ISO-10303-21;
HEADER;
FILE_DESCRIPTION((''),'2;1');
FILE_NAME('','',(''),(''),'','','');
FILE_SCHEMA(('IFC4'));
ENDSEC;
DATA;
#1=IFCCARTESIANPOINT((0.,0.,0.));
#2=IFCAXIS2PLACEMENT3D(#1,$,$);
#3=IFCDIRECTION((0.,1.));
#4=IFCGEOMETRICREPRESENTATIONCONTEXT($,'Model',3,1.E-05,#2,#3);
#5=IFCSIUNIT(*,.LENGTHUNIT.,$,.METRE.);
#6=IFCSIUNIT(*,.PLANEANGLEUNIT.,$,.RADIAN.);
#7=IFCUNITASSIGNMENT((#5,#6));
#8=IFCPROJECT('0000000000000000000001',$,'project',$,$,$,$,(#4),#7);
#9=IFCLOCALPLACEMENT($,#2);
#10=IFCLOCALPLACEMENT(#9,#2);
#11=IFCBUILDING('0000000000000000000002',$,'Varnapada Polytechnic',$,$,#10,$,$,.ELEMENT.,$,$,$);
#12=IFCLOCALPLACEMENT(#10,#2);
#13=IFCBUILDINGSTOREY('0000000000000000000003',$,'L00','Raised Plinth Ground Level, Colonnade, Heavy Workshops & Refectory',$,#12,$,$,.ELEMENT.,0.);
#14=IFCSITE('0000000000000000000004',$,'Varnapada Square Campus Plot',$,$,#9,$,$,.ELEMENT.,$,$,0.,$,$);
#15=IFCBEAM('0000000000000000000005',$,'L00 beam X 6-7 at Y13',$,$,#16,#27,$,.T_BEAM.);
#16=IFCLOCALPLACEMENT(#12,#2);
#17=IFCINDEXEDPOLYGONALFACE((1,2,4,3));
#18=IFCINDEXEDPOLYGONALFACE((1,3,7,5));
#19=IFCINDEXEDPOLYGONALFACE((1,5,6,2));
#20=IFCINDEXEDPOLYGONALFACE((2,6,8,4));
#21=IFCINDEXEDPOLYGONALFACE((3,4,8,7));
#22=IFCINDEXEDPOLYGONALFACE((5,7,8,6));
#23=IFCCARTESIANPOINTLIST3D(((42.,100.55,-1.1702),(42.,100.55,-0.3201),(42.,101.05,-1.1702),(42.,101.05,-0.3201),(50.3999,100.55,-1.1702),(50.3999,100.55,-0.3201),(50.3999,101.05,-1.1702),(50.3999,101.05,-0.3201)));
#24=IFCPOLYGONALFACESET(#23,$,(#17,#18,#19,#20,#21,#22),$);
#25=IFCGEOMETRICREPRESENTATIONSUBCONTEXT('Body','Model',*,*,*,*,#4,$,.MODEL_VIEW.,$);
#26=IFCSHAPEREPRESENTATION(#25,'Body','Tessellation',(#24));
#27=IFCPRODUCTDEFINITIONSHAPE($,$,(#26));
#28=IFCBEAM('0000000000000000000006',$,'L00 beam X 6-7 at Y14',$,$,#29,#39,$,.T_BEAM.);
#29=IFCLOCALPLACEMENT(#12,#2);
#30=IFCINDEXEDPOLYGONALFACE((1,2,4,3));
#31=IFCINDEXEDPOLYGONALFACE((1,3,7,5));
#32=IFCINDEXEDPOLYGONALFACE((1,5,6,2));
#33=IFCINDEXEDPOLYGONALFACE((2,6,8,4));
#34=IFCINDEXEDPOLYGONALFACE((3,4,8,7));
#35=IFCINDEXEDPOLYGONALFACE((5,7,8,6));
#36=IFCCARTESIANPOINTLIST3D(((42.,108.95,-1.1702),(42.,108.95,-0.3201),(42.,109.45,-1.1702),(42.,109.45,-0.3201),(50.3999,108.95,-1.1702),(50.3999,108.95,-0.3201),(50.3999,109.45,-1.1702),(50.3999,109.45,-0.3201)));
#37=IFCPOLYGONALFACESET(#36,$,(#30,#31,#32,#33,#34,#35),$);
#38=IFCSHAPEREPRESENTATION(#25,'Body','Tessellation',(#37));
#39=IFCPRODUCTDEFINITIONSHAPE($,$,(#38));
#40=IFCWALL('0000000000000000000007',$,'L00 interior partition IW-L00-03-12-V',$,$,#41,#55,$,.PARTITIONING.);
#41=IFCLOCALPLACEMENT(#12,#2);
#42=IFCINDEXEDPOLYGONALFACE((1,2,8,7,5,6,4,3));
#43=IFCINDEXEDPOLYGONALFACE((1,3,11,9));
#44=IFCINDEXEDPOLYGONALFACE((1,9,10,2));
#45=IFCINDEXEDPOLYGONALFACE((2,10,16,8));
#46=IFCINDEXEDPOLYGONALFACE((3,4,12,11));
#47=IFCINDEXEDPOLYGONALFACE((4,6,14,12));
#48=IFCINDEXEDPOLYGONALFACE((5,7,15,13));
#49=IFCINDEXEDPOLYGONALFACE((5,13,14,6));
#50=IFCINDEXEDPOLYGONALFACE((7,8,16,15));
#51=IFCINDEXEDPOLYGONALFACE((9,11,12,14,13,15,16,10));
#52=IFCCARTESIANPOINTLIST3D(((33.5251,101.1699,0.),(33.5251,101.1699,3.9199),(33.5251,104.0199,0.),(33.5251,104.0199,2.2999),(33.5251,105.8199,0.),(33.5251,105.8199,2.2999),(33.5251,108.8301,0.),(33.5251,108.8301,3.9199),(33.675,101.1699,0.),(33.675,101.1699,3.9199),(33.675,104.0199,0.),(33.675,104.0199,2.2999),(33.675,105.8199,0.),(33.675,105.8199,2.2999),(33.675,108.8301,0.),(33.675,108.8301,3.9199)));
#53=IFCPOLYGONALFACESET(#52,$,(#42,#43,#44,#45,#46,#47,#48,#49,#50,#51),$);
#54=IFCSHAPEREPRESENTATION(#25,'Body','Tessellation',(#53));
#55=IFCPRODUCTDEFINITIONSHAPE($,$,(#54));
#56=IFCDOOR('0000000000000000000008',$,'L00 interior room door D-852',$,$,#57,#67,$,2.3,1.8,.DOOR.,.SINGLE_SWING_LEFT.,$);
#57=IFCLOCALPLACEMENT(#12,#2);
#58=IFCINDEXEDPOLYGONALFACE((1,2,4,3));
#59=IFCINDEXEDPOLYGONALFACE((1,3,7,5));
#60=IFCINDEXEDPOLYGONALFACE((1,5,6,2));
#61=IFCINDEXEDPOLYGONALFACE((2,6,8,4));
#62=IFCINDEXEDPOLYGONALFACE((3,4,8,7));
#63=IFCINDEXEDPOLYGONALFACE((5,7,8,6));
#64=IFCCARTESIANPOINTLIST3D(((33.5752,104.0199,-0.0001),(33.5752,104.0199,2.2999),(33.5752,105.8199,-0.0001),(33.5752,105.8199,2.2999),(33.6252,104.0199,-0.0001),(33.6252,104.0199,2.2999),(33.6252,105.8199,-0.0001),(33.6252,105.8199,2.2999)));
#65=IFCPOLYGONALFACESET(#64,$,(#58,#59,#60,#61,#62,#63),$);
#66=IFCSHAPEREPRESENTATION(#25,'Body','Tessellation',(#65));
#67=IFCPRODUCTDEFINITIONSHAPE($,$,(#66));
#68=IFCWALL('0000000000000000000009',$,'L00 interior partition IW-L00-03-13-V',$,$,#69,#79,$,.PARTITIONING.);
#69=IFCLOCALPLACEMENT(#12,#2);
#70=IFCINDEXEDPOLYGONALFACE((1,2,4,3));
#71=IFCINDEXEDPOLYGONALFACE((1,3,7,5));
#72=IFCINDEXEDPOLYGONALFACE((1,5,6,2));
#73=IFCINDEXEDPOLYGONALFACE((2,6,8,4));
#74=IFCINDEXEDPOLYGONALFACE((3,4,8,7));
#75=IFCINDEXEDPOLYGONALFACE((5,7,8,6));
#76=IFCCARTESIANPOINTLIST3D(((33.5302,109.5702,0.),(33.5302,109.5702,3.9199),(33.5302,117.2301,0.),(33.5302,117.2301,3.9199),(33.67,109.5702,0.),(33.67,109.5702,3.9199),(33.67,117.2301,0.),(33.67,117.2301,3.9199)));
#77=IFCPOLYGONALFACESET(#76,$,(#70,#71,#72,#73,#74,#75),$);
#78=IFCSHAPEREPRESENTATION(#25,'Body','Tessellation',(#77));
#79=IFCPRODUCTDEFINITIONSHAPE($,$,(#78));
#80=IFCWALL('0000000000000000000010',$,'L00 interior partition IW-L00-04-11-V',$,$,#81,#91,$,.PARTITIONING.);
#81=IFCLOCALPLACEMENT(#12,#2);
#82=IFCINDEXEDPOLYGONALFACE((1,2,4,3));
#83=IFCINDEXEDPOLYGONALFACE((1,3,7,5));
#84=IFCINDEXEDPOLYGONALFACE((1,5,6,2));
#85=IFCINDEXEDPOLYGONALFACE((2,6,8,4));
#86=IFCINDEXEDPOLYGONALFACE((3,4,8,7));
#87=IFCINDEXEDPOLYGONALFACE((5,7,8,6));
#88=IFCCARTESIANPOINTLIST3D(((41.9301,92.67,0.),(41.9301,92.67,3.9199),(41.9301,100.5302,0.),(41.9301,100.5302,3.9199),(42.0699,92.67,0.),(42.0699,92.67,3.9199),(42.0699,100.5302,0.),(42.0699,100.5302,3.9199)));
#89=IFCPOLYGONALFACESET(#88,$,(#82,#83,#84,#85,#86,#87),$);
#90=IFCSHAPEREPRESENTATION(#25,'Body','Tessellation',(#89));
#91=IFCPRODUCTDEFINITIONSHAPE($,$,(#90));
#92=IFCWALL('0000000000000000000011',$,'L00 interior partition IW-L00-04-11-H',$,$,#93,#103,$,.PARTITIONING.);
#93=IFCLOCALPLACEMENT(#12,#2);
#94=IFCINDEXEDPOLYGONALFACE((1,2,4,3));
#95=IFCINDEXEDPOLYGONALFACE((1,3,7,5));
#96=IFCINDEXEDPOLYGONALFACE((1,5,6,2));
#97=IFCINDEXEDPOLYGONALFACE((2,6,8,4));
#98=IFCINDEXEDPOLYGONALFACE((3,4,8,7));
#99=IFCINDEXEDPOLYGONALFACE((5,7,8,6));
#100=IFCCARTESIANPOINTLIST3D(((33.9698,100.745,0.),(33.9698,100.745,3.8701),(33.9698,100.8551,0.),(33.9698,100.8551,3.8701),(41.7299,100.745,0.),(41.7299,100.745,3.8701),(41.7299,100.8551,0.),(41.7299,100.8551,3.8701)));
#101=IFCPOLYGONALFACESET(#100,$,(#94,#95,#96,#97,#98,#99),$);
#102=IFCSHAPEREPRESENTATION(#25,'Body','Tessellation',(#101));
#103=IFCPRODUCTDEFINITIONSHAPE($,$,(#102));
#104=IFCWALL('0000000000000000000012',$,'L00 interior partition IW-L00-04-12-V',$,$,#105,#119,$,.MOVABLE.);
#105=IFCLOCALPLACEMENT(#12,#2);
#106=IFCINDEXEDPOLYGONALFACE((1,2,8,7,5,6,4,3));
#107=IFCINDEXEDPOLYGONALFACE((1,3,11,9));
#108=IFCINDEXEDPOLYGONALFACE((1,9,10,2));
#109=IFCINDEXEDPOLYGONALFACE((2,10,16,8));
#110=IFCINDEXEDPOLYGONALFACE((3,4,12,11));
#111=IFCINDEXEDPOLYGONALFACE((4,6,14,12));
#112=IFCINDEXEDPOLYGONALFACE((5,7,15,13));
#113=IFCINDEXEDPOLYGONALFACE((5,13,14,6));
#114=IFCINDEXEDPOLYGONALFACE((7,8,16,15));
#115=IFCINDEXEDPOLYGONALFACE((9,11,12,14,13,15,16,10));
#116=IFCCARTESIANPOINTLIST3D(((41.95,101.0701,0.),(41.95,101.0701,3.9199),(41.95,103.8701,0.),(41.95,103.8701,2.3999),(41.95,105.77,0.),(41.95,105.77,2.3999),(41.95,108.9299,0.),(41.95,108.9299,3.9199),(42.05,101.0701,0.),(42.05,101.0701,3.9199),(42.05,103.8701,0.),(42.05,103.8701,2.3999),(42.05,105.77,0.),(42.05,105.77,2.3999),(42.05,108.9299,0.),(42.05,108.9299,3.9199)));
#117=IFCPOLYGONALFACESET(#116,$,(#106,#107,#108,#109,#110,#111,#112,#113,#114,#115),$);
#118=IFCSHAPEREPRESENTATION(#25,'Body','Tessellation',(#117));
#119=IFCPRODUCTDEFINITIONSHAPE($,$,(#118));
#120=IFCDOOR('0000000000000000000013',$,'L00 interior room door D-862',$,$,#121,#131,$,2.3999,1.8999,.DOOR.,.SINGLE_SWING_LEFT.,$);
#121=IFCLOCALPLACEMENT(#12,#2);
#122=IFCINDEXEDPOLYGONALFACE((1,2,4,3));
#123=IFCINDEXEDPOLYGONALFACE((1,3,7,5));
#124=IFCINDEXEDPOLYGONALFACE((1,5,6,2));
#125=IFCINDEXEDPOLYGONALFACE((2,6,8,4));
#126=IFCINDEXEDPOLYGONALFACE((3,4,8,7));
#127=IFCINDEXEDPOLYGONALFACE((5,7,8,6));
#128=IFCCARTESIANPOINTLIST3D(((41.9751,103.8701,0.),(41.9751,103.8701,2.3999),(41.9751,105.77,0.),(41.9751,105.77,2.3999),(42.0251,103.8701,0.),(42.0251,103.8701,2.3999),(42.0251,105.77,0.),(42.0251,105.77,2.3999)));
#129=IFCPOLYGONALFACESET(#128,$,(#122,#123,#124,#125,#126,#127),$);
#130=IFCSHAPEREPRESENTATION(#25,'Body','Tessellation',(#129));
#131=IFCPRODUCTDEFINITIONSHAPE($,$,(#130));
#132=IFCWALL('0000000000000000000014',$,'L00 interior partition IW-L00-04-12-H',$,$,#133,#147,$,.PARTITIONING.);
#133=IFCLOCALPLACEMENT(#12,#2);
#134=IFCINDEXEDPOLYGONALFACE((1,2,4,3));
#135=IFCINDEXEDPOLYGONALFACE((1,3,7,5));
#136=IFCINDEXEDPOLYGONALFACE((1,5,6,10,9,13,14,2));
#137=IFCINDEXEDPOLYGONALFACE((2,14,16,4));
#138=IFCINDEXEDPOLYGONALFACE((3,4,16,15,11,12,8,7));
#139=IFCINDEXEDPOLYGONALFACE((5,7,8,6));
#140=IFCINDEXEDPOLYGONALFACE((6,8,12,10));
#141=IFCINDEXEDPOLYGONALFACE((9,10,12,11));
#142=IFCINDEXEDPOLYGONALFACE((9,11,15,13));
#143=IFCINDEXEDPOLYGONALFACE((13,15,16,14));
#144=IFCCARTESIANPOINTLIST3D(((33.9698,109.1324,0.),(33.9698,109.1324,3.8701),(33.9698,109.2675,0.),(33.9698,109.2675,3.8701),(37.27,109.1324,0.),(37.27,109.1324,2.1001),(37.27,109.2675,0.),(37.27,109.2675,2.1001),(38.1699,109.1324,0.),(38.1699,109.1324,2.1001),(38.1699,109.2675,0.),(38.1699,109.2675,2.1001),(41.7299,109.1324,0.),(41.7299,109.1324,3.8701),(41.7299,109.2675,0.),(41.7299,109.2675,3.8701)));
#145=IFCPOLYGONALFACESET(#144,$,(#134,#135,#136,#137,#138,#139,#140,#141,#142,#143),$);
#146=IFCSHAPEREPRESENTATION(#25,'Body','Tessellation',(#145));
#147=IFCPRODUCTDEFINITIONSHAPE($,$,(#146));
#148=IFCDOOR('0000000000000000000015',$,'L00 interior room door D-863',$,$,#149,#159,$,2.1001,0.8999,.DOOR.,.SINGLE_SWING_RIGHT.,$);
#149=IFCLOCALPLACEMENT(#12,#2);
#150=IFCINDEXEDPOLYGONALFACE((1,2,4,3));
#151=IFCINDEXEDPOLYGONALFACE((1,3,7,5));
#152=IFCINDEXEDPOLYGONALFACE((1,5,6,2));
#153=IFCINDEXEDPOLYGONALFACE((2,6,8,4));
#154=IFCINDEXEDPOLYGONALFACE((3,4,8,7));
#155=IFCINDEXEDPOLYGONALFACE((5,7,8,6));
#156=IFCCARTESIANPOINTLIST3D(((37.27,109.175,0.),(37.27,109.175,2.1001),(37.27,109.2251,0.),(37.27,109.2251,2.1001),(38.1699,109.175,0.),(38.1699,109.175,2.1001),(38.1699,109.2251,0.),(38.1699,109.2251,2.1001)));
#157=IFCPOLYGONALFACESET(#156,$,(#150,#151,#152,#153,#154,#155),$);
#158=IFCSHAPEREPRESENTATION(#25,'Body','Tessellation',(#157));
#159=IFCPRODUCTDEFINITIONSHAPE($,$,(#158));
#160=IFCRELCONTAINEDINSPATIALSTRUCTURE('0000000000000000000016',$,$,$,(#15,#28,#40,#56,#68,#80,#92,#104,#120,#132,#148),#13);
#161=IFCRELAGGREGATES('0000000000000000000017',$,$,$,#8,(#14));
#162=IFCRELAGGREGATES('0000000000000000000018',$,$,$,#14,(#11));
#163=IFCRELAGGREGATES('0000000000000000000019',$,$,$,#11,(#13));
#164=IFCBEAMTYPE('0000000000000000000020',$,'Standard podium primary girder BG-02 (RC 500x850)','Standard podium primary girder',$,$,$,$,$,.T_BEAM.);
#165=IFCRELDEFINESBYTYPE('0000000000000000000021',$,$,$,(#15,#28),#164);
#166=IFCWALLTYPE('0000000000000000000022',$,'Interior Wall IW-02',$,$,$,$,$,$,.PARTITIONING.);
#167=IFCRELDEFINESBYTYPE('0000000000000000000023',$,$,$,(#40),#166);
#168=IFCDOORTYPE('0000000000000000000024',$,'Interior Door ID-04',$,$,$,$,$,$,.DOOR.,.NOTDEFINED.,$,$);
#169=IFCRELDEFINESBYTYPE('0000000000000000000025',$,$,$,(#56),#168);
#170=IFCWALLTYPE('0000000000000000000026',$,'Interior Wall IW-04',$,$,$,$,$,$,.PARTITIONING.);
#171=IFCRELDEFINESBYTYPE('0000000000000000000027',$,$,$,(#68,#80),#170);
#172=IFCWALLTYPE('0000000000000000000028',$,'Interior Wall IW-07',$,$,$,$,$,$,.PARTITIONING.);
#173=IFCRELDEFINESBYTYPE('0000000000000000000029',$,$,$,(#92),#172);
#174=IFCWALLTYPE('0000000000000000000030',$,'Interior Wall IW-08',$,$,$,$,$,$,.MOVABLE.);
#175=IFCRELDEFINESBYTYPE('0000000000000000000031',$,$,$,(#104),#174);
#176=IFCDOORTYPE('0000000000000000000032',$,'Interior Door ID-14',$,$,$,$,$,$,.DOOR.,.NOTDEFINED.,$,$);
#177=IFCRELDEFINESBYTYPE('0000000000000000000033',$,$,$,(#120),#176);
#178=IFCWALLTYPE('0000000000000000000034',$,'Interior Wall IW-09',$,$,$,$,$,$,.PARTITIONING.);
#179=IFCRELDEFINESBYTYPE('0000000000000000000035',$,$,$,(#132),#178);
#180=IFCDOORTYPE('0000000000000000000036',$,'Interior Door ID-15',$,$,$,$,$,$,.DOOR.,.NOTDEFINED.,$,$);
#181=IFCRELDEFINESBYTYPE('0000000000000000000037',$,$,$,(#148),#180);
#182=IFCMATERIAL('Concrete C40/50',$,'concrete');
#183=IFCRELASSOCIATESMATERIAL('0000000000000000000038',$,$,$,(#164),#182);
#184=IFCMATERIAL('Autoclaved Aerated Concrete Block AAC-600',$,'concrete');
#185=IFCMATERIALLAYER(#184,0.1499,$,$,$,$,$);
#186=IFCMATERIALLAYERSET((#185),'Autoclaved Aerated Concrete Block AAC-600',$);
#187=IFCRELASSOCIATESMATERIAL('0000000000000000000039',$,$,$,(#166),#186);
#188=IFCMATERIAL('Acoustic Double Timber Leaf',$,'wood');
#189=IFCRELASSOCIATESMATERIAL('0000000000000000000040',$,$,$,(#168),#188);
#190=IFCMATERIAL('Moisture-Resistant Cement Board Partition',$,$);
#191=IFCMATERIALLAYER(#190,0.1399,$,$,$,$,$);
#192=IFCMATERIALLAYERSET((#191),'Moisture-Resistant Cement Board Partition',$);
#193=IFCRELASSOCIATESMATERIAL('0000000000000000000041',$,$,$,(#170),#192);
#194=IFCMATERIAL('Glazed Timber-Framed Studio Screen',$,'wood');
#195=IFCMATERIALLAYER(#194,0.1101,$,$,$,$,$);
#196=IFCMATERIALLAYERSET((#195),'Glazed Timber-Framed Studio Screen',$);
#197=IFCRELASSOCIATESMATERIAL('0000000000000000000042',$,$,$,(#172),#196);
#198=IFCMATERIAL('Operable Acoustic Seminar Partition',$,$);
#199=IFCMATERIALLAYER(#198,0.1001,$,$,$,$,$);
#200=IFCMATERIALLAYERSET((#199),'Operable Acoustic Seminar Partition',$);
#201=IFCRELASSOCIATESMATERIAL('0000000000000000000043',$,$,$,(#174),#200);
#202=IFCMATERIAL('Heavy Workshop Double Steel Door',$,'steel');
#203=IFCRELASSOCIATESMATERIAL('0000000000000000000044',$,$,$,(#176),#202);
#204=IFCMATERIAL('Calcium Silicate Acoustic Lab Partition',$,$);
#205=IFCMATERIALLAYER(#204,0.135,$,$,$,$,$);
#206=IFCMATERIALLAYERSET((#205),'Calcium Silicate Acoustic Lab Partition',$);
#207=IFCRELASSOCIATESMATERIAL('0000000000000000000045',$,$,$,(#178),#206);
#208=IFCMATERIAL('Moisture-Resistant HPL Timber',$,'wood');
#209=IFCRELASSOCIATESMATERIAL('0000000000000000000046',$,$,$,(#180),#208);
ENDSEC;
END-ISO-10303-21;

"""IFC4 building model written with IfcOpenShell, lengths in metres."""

from ifc_helpers import new_model, si_unit, direction, frame, frame_2d, origin, origin_2d, place, context, subcontext, project, spatial, rectangle, extrude, material, layer, layer_set, material_profile, profile_set, type_object, element, fill, save


model = new_model("IFC4")

# Units and contexts
model_context = context("Model", 3, precision=1e-05, world=origin(), true_north=direction((0.0, 1.0)))
body_context = subcontext(model_context, "Body", "Model", "MODEL_VIEW")
ifc_project = project(units=[si_unit("LENGTHUNIT", "METRE"), si_unit("PLANEANGLEUNIT", "RADIAN")], contexts=[model_context])

# Site, building, storey
site_placement = place(None, origin())
site = spatial("IfcSite", under=ifc_project, at=site_placement, Name="Varnapada Square Campus Plot", CompositionType="ELEMENT", RefElevation=0.0)
building_placement = place(site_placement, origin())
building = spatial("IfcBuilding", under=site, at=building_placement, Name="Varnapada Polytechnic", CompositionType="ELEMENT")
storey_placement = place(building_placement, origin())
storey = spatial("IfcBuildingStorey", under=building, at=storey_placement, Name="L00", Description="Raised Plinth Ground Level, Colonnade, Heavy Workshops & Refectory", CompositionType="ELEMENT", Elevation=0.0)

# Shared definitions
ifc_material_1 = material(Name="Concrete C40/50", Category="concrete")

# Beams
ifc_material_profile_1 = material_profile(ifc_material_1, rectangle(XDim=0.5, YDim=0.8501, at=origin_2d()), Name="RC 500x850")
ifc_profile_set_1 = profile_set([ifc_material_profile_1], Name="Concrete C40/50")
beam_type_1 = type_object("IfcBeamType", Name="Standard podium primary girder BG-02 (RC 500x850)", Description="Standard podium primary girder", PredefinedType="T_BEAM", material=ifc_profile_set_1)
for number, where, z_axis, x_axis, name in (
    (1, (42.0, 100.8, -0.7451), (1.0, 0.0, 0.0), (0.0, 1.0, 0.0), "L00 beam X 6-7 at Y13"),
    (2, (42.0, 109.2, -0.7451), (1.0, 0.0, 0.0), (0.0, 1.0, 0.0), "L00 beam X 6-7 at Y14"),
):
    element("IfcBeam", number, at=place(storey_placement, frame(where, z_axis=z_axis, x_axis=x_axis)), inside=storey, type_object=beam_type_1, Name=name, PredefinedType="T_BEAM", context=body_context, shape_type="SweptSolid", body=[
        extrude(rectangle(XDim=0.5, YDim=0.8501, at=origin_2d()), origin(), (0.0, 0.0, 1.0), 8.3999),
    ])

# Wall, opening, door
ifc_material_2 = material(Name="Autoclaved Aerated Concrete Block AAC-600", Category="concrete")
ifc_layer_1 = layer(ifc_material_2, 0.1499)
ifc_layer_set_1 = layer_set([ifc_layer_1], Name="Autoclaved Aerated Concrete Block AAC-600")
wall_type_1 = type_object("IfcWallType", Name="Interior Wall IW-02", PredefinedType="PARTITIONING", material=ifc_layer_set_1)
wall_1_placement = place(storey_placement, frame((33.6001, 101.1699, 0.0), z_axis=(0.0, 0.0, 1.0), x_axis=(0.0, 1.0, 0.0)))
wall_1 = element("IfcWall", 3, at=wall_1_placement, inside=storey, type_object=wall_type_1, Name="L00 interior partition IW-L00-03-12-V", PredefinedType="PARTITIONING", context=body_context, shape_type="SweptSolid", body=[
    extrude(rectangle(XDim=7.6602, YDim=0.1499, at=frame_2d((3.8301, 0.0))), origin(), (0.0, 0.0, 1.0), 3.9199),
])
opening_1_placement = place(wall_1_placement, frame((2.8501, 0.0, 0.0)))
opening_1 = element("IfcOpeningElement", 4, at=opening_1_placement, cuts=wall_1, PredefinedType="OPENING", context=body_context, shape_type="SweptSolid", body=[
    extrude(rectangle(XDim=1.8, YDim=2.3, at=frame_2d((0.8999, 1.1499))), frame((0.0, 0.085, 0.0), z_axis=(0.0, -1.0, 0.0), x_axis=(1.0, 0.0, 0.0)), (0.0, 0.0, 1.0), 0.1699),
])
ifc_material_3 = material(Name="Acoustic Double Timber Leaf", Category="wood")
door_type_1 = type_object("IfcDoorType", Name="Interior Door ID-04", OperationType="NOTDEFINED", PredefinedType="DOOR", material=ifc_material_3)
door_1_placement = place(opening_1_placement, origin())
door_1 = element("IfcDoor", 5, at=door_1_placement, inside=storey, type_object=door_type_1, Name="L00 interior room door D-852", OperationType="SINGLE_SWING_LEFT", OverallHeight=2.3, OverallWidth=1.8, PredefinedType="DOOR", context=body_context, shape_type="SweptSolid", body=[
    extrude(rectangle(XDim=1.8, YDim=2.3, at=frame_2d((0.8999, 1.1499))), frame((0.0, 0.0249, 0.0), z_axis=(0.0, -1.0, 0.0), x_axis=(1.0, 0.0, 0.0)), (0.0, 0.0, 1.0), 0.05),
])
fill(opening_1, door_1)

# Walls
ifc_material_4 = material(Name="Moisture-Resistant Cement Board Partition")
ifc_layer_2 = layer(ifc_material_4, 0.1399)
ifc_layer_set_2 = layer_set([ifc_layer_2], Name="Moisture-Resistant Cement Board Partition")
wall_type_2 = type_object("IfcWallType", Name="Interior Wall IW-04", PredefinedType="PARTITIONING", material=ifc_layer_set_2)
wall_2_placement = place(storey_placement, frame((33.6001, 109.5701, 0.0), z_axis=(0.0, 0.0, 1.0), x_axis=(0.0, 1.0, 0.0)))
element("IfcWall", 6, at=wall_2_placement, inside=storey, type_object=wall_type_2, Name="L00 interior partition IW-L00-03-13-V", PredefinedType="PARTITIONING", context=body_context, shape_type="SweptSolid", body=[
    extrude(rectangle(XDim=7.6599, YDim=0.1399, at=frame_2d((3.8301, 0.0))), origin(), (0.0, 0.0, 1.0), 3.9199),
])
wall_3_placement = place(storey_placement, frame((42.0, 92.6699, 0.0), z_axis=(0.0, 0.0, 1.0), x_axis=(0.0, 1.0, 0.0)))
element("IfcWall", 7, at=wall_3_placement, inside=storey, type_object=wall_type_2, Name="L00 interior partition IW-L00-04-11-V", PredefinedType="PARTITIONING", context=body_context, shape_type="SweptSolid", body=[
    extrude(rectangle(XDim=7.8601, YDim=0.1399, at=frame_2d((3.9302, 0.0))), origin(), (0.0, 0.0, 1.0), 3.9199),
])
ifc_material_5 = material(Name="Glazed Timber-Framed Studio Screen", Category="wood")
ifc_layer_3 = layer(ifc_material_5, 0.1101)
ifc_layer_set_3 = layer_set([ifc_layer_3], Name="Glazed Timber-Framed Studio Screen")
wall_type_3 = type_object("IfcWallType", Name="Interior Wall IW-07", PredefinedType="PARTITIONING", material=ifc_layer_set_3)
wall_4_placement = place(storey_placement, frame((33.97, 100.8, 0.0), z_axis=(0.0, 0.0, 1.0), x_axis=(1.0, 0.0, 0.0)))
element("IfcWall", 8, at=wall_4_placement, inside=storey, type_object=wall_type_3, Name="L00 interior partition IW-L00-04-11-H", PredefinedType="PARTITIONING", context=body_context, shape_type="SweptSolid", body=[
    extrude(rectangle(XDim=7.76, YDim=0.1101, at=frame_2d((3.8799, 0.0))), origin(), (0.0, 0.0, 1.0), 3.8701),
])

# Walls, openings, doors
ifc_material_6 = material(Name="Operable Acoustic Seminar Partition")
ifc_layer_4 = layer(ifc_material_6, 0.1001)
ifc_layer_set_4 = layer_set([ifc_layer_4], Name="Operable Acoustic Seminar Partition")
wall_type_4 = type_object("IfcWallType", Name="Interior Wall IW-08", PredefinedType="MOVABLE", material=ifc_layer_set_4)
wall_5_placement = place(storey_placement, frame((42.0, 101.0701, 0.0), z_axis=(0.0, 0.0, 1.0), x_axis=(0.0, 1.0, 0.0)))
wall_5 = element("IfcWall", 9, at=wall_5_placement, inside=storey, type_object=wall_type_4, Name="L00 interior partition IW-L00-04-12-V", PredefinedType="MOVABLE", context=body_context, shape_type="SweptSolid", body=[
    extrude(rectangle(XDim=7.8599, YDim=0.1001, at=frame_2d((3.9299, 0.0))), origin(), (0.0, 0.0, 1.0), 3.9199),
])
opening_2_placement = place(wall_5_placement, frame((2.8, 0.0, 0.0)))
opening_2 = element("IfcOpeningElement", 10, at=opening_2_placement, cuts=wall_5, PredefinedType="OPENING", context=body_context, shape_type="SweptSolid", body=[
    extrude(rectangle(XDim=1.8999, YDim=2.3999, at=frame_2d((0.95, 1.2))), frame((0.0, 0.0601, 0.0), z_axis=(0.0, -1.0, 0.0), x_axis=(1.0, 0.0, 0.0)), (0.0, 0.0, 1.0), 0.1201),
])
ifc_material_7 = material(Name="Heavy Workshop Double Steel Door", Category="steel")
door_type_2 = type_object("IfcDoorType", Name="Interior Door ID-14", OperationType="NOTDEFINED", PredefinedType="DOOR", material=ifc_material_7)
door_2_placement = place(opening_2_placement, origin())
door_2 = element("IfcDoor", 11, at=door_2_placement, inside=storey, type_object=door_type_2, Name="L00 interior room door D-862", OperationType="SINGLE_SWING_LEFT", OverallHeight=2.3999, OverallWidth=1.8999, PredefinedType="DOOR", context=body_context, shape_type="SweptSolid", body=[
    extrude(rectangle(XDim=1.8999, YDim=2.3999, at=frame_2d((0.95, 1.2))), frame((0.0, 0.0249, 0.0), z_axis=(0.0, -1.0, 0.0), x_axis=(1.0, 0.0, 0.0)), (0.0, 0.0, 1.0), 0.05),
])
fill(opening_2, door_2)
ifc_material_8 = material(Name="Calcium Silicate Acoustic Lab Partition")
ifc_layer_5 = layer(ifc_material_8, 0.135)
ifc_layer_set_5 = layer_set([ifc_layer_5], Name="Calcium Silicate Acoustic Lab Partition")
wall_type_5 = type_object("IfcWallType", Name="Interior Wall IW-09", PredefinedType="PARTITIONING", material=ifc_layer_set_5)
wall_6_placement = place(storey_placement, frame((33.97, 109.2, 0.0), z_axis=(0.0, 0.0, 1.0), x_axis=(1.0, 0.0, 0.0)))
wall_6 = element("IfcWall", 12, at=wall_6_placement, inside=storey, type_object=wall_type_5, Name="L00 interior partition IW-L00-04-12-H", PredefinedType="PARTITIONING", context=body_context, shape_type="SweptSolid", body=[
    extrude(rectangle(XDim=7.76, YDim=0.135, at=frame_2d((3.8799, 0.0))), origin(), (0.0, 0.0, 1.0), 3.8701),
])
opening_3_placement = place(wall_6_placement, frame((3.3, 0.0, 0.0)))
opening_3 = element("IfcOpeningElement", 13, at=opening_3_placement, cuts=wall_6, PredefinedType="OPENING", context=body_context, shape_type="SweptSolid", body=[
    extrude(rectangle(XDim=0.8999, YDim=2.1001, at=frame_2d((0.45, 1.05))), frame((0.0, 0.0774, 0.0), z_axis=(0.0, -1.0, 0.0), x_axis=(1.0, 0.0, 0.0)), (0.0, 0.0, 1.0), 0.155),
])
ifc_material_9 = material(Name="Moisture-Resistant HPL Timber", Category="wood")
door_type_3 = type_object("IfcDoorType", Name="Interior Door ID-15", OperationType="NOTDEFINED", PredefinedType="DOOR", material=ifc_material_9)
door_3_placement = place(opening_3_placement, frame((0.8999, 0.0, 0.0), z_axis=(0.0, 0.0, 1.0), x_axis=(-1.0, 0.0, 0.0)))
door_3 = element("IfcDoor", 14, at=door_3_placement, inside=storey, type_object=door_type_3, Name="L00 interior room door D-863", OperationType="SINGLE_SWING_RIGHT", OverallHeight=2.1001, OverallWidth=0.8999, PredefinedType="DOOR", context=body_context, shape_type="SweptSolid", body=[
    extrude(rectangle(XDim=0.8999, YDim=2.1001, at=frame_2d((0.45, 1.05))), frame((0.0, 0.0249, 0.0), z_axis=(0.0, -1.0, 0.0), x_axis=(1.0, 0.0, 0.0)), (0.0, 0.0, 1.0), 0.05),
])
fill(opening_3, door_3)

save(model, "model.ifc")
